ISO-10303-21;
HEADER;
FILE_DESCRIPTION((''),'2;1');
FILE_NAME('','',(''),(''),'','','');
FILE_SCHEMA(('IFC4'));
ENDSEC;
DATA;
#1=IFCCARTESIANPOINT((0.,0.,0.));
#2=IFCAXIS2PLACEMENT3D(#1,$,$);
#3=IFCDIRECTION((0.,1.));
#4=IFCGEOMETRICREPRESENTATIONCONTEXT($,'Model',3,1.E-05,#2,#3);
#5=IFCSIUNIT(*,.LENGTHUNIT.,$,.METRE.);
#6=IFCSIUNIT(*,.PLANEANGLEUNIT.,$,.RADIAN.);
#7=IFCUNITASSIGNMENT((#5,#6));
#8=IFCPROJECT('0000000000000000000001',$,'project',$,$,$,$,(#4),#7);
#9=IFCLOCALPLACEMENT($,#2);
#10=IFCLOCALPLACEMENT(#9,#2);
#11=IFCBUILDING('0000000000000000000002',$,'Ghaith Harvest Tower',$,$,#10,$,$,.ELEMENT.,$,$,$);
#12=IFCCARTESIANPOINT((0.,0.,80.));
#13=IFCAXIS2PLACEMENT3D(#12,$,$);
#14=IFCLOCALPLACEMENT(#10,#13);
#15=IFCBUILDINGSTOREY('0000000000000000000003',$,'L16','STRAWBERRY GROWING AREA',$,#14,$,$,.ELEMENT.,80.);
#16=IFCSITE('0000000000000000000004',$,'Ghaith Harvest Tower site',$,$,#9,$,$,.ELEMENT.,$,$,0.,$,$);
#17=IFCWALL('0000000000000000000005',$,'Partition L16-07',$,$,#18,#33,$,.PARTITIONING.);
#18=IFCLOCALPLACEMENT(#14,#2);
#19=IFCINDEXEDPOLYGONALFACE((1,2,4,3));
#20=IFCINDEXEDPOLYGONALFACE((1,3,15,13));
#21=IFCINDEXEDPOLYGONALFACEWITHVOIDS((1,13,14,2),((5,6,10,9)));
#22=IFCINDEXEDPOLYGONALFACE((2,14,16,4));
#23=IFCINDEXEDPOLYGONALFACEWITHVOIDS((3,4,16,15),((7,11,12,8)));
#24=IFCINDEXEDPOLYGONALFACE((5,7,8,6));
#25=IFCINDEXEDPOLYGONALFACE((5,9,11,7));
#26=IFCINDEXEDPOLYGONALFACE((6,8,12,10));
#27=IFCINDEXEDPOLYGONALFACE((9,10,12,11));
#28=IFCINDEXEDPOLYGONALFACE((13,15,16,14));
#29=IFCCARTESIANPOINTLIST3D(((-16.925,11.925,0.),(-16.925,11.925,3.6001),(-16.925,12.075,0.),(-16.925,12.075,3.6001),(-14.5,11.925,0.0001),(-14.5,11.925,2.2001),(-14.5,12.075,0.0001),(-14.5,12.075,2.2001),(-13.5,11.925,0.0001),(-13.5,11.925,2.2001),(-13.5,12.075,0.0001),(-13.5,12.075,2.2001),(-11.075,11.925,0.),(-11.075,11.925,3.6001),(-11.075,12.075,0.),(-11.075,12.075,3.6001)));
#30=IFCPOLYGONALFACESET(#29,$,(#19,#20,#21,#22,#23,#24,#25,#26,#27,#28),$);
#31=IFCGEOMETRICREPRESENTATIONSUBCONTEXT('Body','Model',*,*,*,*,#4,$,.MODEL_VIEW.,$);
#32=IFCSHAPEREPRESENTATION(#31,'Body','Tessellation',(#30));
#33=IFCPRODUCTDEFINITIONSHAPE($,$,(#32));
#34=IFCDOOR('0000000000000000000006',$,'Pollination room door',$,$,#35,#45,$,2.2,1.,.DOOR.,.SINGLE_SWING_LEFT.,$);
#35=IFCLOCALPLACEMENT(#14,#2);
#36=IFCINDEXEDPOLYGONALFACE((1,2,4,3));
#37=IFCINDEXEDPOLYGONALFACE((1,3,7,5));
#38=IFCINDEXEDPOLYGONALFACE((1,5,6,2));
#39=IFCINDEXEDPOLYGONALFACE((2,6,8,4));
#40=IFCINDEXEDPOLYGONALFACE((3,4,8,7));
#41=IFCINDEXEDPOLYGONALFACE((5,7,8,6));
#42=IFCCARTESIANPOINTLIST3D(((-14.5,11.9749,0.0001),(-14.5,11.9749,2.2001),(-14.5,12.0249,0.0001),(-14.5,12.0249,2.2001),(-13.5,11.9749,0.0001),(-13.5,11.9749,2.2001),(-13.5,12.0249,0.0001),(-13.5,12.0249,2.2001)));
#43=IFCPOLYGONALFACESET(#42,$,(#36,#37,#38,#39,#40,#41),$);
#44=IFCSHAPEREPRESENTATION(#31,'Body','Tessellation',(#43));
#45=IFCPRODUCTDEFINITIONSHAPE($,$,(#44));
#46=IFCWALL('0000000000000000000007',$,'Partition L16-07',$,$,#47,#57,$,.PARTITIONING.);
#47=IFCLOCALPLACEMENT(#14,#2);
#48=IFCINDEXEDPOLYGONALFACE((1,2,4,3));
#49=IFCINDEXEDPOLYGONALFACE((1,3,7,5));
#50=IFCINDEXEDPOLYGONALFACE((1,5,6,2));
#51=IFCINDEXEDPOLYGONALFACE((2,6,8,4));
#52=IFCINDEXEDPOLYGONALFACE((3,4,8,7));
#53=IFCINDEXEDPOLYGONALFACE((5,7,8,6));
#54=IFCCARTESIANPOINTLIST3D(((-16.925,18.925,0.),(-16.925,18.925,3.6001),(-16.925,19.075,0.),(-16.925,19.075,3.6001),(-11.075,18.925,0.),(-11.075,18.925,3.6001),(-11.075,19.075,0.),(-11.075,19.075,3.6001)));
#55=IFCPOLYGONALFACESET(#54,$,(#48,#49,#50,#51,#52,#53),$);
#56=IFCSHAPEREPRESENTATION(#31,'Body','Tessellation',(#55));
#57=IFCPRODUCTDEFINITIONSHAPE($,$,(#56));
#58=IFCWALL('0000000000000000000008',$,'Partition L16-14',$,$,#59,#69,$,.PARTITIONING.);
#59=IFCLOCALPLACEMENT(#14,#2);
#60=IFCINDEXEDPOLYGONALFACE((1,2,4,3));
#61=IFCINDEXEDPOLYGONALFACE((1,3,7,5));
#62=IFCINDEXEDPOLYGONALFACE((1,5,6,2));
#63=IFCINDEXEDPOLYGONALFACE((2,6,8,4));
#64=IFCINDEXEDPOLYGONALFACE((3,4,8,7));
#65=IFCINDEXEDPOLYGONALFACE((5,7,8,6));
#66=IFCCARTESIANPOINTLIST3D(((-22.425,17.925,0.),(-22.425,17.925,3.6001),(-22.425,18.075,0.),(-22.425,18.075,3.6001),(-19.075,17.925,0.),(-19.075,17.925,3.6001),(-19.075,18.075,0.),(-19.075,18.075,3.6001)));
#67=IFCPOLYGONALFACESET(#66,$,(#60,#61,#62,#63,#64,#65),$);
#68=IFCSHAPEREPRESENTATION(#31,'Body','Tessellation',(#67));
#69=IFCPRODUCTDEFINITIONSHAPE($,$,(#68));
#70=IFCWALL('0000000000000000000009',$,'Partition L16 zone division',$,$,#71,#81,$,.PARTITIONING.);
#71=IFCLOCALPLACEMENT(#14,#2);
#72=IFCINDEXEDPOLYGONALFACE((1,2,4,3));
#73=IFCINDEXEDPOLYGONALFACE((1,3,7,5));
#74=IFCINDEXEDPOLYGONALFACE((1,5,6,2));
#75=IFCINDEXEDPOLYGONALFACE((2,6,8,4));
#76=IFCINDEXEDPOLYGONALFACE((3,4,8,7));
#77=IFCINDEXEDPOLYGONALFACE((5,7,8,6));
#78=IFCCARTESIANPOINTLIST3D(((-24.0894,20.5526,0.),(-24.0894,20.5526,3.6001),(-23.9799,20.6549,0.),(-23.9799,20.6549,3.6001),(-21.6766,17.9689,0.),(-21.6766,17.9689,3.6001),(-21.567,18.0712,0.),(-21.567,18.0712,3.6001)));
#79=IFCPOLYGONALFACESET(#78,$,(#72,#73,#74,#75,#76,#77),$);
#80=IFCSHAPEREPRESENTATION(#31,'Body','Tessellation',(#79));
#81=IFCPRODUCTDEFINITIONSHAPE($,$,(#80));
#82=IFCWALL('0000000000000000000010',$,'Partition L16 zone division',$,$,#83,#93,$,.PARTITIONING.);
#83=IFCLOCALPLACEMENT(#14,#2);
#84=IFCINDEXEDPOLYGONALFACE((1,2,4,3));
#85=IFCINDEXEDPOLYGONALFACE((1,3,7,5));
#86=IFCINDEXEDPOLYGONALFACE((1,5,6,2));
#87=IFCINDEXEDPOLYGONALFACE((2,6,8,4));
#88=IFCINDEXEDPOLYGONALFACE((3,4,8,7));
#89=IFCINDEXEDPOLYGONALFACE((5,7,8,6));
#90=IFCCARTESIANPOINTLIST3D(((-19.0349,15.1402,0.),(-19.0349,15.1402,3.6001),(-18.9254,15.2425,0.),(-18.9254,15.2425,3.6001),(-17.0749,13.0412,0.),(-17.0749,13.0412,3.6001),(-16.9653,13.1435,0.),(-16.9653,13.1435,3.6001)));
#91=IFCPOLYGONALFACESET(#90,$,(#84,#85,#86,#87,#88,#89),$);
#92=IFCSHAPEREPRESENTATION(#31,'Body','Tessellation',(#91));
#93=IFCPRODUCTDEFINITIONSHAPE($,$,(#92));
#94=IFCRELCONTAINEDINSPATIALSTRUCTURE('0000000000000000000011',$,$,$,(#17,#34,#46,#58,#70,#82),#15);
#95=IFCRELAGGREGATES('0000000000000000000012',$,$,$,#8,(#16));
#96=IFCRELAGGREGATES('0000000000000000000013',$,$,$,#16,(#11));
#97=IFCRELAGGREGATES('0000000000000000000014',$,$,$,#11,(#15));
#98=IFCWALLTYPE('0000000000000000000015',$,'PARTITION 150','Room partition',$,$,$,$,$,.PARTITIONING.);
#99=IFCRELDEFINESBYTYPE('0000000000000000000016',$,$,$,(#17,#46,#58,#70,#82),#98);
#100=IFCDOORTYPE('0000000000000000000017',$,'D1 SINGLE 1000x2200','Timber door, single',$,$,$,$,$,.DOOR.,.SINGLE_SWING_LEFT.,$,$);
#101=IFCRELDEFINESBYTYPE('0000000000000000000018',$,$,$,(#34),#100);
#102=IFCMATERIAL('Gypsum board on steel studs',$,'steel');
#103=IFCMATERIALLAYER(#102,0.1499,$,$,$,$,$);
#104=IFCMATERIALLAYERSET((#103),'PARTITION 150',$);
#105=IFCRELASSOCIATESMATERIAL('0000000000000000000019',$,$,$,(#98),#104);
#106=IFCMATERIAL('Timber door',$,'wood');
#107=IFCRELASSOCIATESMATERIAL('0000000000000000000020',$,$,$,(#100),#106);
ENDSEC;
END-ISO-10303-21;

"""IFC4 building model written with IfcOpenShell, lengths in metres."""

from ifc_helpers import new_model, si_unit, direction, frame, frame_2d, origin, place, context, subcontext, project, spatial, rectangle, extrude, material, layer, layer_set, type_object, element, fill, save


model = new_model("IFC4")

# Units and contexts
model_context = context("Model", 3, precision=1e-05, world=origin(), true_north=direction((0.0, 1.0)))
body_context = subcontext(model_context, "Body", "Model", "MODEL_VIEW")
ifc_project = project(units=[si_unit("LENGTHUNIT", "METRE"), si_unit("PLANEANGLEUNIT", "RADIAN")], contexts=[model_context])

# Site, building, storey
site_placement = place(None, origin())
site = spatial("IfcSite", under=ifc_project, at=site_placement, Name="Ghaith Harvest Tower site", CompositionType="ELEMENT", RefElevation=0.0)
building_placement = place(site_placement, origin())
building = spatial("IfcBuilding", under=site, at=building_placement, Name="Ghaith Harvest Tower", CompositionType="ELEMENT")
storey_placement = place(building_placement, frame((0.0, 0.0, 80.0)))
storey = spatial("IfcBuildingStorey", under=building, at=storey_placement, Name="L16", Description="STRAWBERRY GROWING AREA", CompositionType="ELEMENT", Elevation=80.0)

# Wall, opening, door
ifc_material_1 = material(Name="Gypsum board on steel studs", Category="steel")
ifc_layer_1 = layer(ifc_material_1, 0.1499)
ifc_layer_set_1 = layer_set([ifc_layer_1], Name="PARTITION 150")
wall_type = type_object("IfcWallType", Name="PARTITION 150", Description="Room partition", PredefinedType="PARTITIONING", material=ifc_layer_set_1)
wall_1_placement = place(storey_placement, frame((-16.925, 12.0, 0.0), z_axis=(0.0, 0.0, 1.0), x_axis=(1.0, 0.0, 0.0)))
wall_1 = element("IfcWall", 1, at=wall_1_placement, inside=storey, type_object=wall_type, Name="Partition L16-07", PredefinedType="PARTITIONING", context=body_context, shape_type="SweptSolid", body=[
    extrude(rectangle(XDim=5.8501, YDim=0.1499, at=frame_2d((2.925, 0.0))), origin(), (0.0, 0.0, 1.0), 3.6001),
])
opening_placement = place(wall_1_placement, frame((2.425, 0.0, 0.0)))
opening = element("IfcOpeningElement", 2, at=opening_placement, cuts=wall_1, PredefinedType="OPENING", context=body_context, shape_type="SweptSolid", body=[
    extrude(rectangle(XDim=1.0, YDim=2.2, at=frame_2d((0.5, 1.1001))), frame((0.0, 0.085, 0.0), z_axis=(0.0, -1.0, 0.0), x_axis=(1.0, 0.0, 0.0)), (0.0, 0.0, 1.0), 0.1699),
])
ifc_material_2 = material(Name="Timber door", Category="wood")
door_type = type_object("IfcDoorType", Name="D1 SINGLE 1000x2200", Description="Timber door, single", OperationType="SINGLE_SWING_LEFT", PredefinedType="DOOR", material=ifc_material_2)
door_placement = place(opening_placement, origin())
door = element("IfcDoor", 3, at=door_placement, inside=storey, type_object=door_type, Name="Pollination room door", OperationType="SINGLE_SWING_LEFT", OverallHeight=2.2, OverallWidth=1.0, PredefinedType="DOOR", context=body_context, shape_type="SweptSolid", body=[
    extrude(rectangle(XDim=1.0, YDim=2.2, at=frame_2d((0.5, 1.1001))), frame((0.0, 0.0249, 0.0), z_axis=(0.0, -1.0, 0.0), x_axis=(1.0, 0.0, 0.0)), (0.0, 0.0, 1.0), 0.05),
])
fill(opening, door)

# Walls
wall_2_placement = place(storey_placement, frame((-16.925, 19.0, 0.0), z_axis=(0.0, 0.0, 1.0), x_axis=(1.0, 0.0, 0.0)))
element("IfcWall", 4, at=wall_2_placement, inside=storey, type_object=wall_type, Name="Partition L16-07", PredefinedType="PARTITIONING", context=body_context, shape_type="SweptSolid", body=[
    extrude(rectangle(XDim=5.8501, YDim=0.1499, at=frame_2d((2.925, 0.0))), origin(), (0.0, 0.0, 1.0), 3.6001),
])
wall_3_placement = place(storey_placement, frame((-22.425, 18.0, 0.0), z_axis=(0.0, 0.0, 1.0), x_axis=(1.0, 0.0, 0.0)))
element("IfcWall", 5, at=wall_3_placement, inside=storey, type_object=wall_type, Name="Partition L16-14", PredefinedType="PARTITIONING", context=body_context, shape_type="SweptSolid", body=[
    extrude(rectangle(XDim=3.3501, YDim=0.1499, at=frame_2d((1.675, 0.0))), origin(), (0.0, 0.0, 1.0), 3.6001),
])
wall_4_placement = place(storey_placement, frame((-21.6218, 18.02, 0.0), z_axis=(0.0, 0.0, 1.0), x_axis=(-0.682522, 0.730865, 0.0)))
element("IfcWall", 6, at=wall_4_placement, inside=storey, type_object=wall_type, Name="Partition L16 zone division", PredefinedType="PARTITIONING", context=body_context, shape_type="SweptSolid", body=[
    extrude(rectangle(XDim=3.5352, YDim=0.1499, at=frame_2d((1.7676, 0.0))), origin(), (0.0, 0.0, 1.0), 3.6001),
])
wall_5_placement = place(storey_placement, frame((-17.02, 13.0923, 0.0), z_axis=(0.0, 0.0, 1.0), x_axis=(-0.682506, 0.73088, 0.0)))
element("IfcWall", 7, at=wall_5_placement, inside=storey, type_object=wall_type, Name="Partition L16 zone division", PredefinedType="PARTITIONING", context=body_context, shape_type="SweptSolid", body=[
    extrude(rectangle(XDim=2.8718, YDim=0.1499, at=frame_2d((1.436, 0.0))), origin(), (0.0, 0.0, 1.0), 3.6001),
])

save(model, "model.ifc")
